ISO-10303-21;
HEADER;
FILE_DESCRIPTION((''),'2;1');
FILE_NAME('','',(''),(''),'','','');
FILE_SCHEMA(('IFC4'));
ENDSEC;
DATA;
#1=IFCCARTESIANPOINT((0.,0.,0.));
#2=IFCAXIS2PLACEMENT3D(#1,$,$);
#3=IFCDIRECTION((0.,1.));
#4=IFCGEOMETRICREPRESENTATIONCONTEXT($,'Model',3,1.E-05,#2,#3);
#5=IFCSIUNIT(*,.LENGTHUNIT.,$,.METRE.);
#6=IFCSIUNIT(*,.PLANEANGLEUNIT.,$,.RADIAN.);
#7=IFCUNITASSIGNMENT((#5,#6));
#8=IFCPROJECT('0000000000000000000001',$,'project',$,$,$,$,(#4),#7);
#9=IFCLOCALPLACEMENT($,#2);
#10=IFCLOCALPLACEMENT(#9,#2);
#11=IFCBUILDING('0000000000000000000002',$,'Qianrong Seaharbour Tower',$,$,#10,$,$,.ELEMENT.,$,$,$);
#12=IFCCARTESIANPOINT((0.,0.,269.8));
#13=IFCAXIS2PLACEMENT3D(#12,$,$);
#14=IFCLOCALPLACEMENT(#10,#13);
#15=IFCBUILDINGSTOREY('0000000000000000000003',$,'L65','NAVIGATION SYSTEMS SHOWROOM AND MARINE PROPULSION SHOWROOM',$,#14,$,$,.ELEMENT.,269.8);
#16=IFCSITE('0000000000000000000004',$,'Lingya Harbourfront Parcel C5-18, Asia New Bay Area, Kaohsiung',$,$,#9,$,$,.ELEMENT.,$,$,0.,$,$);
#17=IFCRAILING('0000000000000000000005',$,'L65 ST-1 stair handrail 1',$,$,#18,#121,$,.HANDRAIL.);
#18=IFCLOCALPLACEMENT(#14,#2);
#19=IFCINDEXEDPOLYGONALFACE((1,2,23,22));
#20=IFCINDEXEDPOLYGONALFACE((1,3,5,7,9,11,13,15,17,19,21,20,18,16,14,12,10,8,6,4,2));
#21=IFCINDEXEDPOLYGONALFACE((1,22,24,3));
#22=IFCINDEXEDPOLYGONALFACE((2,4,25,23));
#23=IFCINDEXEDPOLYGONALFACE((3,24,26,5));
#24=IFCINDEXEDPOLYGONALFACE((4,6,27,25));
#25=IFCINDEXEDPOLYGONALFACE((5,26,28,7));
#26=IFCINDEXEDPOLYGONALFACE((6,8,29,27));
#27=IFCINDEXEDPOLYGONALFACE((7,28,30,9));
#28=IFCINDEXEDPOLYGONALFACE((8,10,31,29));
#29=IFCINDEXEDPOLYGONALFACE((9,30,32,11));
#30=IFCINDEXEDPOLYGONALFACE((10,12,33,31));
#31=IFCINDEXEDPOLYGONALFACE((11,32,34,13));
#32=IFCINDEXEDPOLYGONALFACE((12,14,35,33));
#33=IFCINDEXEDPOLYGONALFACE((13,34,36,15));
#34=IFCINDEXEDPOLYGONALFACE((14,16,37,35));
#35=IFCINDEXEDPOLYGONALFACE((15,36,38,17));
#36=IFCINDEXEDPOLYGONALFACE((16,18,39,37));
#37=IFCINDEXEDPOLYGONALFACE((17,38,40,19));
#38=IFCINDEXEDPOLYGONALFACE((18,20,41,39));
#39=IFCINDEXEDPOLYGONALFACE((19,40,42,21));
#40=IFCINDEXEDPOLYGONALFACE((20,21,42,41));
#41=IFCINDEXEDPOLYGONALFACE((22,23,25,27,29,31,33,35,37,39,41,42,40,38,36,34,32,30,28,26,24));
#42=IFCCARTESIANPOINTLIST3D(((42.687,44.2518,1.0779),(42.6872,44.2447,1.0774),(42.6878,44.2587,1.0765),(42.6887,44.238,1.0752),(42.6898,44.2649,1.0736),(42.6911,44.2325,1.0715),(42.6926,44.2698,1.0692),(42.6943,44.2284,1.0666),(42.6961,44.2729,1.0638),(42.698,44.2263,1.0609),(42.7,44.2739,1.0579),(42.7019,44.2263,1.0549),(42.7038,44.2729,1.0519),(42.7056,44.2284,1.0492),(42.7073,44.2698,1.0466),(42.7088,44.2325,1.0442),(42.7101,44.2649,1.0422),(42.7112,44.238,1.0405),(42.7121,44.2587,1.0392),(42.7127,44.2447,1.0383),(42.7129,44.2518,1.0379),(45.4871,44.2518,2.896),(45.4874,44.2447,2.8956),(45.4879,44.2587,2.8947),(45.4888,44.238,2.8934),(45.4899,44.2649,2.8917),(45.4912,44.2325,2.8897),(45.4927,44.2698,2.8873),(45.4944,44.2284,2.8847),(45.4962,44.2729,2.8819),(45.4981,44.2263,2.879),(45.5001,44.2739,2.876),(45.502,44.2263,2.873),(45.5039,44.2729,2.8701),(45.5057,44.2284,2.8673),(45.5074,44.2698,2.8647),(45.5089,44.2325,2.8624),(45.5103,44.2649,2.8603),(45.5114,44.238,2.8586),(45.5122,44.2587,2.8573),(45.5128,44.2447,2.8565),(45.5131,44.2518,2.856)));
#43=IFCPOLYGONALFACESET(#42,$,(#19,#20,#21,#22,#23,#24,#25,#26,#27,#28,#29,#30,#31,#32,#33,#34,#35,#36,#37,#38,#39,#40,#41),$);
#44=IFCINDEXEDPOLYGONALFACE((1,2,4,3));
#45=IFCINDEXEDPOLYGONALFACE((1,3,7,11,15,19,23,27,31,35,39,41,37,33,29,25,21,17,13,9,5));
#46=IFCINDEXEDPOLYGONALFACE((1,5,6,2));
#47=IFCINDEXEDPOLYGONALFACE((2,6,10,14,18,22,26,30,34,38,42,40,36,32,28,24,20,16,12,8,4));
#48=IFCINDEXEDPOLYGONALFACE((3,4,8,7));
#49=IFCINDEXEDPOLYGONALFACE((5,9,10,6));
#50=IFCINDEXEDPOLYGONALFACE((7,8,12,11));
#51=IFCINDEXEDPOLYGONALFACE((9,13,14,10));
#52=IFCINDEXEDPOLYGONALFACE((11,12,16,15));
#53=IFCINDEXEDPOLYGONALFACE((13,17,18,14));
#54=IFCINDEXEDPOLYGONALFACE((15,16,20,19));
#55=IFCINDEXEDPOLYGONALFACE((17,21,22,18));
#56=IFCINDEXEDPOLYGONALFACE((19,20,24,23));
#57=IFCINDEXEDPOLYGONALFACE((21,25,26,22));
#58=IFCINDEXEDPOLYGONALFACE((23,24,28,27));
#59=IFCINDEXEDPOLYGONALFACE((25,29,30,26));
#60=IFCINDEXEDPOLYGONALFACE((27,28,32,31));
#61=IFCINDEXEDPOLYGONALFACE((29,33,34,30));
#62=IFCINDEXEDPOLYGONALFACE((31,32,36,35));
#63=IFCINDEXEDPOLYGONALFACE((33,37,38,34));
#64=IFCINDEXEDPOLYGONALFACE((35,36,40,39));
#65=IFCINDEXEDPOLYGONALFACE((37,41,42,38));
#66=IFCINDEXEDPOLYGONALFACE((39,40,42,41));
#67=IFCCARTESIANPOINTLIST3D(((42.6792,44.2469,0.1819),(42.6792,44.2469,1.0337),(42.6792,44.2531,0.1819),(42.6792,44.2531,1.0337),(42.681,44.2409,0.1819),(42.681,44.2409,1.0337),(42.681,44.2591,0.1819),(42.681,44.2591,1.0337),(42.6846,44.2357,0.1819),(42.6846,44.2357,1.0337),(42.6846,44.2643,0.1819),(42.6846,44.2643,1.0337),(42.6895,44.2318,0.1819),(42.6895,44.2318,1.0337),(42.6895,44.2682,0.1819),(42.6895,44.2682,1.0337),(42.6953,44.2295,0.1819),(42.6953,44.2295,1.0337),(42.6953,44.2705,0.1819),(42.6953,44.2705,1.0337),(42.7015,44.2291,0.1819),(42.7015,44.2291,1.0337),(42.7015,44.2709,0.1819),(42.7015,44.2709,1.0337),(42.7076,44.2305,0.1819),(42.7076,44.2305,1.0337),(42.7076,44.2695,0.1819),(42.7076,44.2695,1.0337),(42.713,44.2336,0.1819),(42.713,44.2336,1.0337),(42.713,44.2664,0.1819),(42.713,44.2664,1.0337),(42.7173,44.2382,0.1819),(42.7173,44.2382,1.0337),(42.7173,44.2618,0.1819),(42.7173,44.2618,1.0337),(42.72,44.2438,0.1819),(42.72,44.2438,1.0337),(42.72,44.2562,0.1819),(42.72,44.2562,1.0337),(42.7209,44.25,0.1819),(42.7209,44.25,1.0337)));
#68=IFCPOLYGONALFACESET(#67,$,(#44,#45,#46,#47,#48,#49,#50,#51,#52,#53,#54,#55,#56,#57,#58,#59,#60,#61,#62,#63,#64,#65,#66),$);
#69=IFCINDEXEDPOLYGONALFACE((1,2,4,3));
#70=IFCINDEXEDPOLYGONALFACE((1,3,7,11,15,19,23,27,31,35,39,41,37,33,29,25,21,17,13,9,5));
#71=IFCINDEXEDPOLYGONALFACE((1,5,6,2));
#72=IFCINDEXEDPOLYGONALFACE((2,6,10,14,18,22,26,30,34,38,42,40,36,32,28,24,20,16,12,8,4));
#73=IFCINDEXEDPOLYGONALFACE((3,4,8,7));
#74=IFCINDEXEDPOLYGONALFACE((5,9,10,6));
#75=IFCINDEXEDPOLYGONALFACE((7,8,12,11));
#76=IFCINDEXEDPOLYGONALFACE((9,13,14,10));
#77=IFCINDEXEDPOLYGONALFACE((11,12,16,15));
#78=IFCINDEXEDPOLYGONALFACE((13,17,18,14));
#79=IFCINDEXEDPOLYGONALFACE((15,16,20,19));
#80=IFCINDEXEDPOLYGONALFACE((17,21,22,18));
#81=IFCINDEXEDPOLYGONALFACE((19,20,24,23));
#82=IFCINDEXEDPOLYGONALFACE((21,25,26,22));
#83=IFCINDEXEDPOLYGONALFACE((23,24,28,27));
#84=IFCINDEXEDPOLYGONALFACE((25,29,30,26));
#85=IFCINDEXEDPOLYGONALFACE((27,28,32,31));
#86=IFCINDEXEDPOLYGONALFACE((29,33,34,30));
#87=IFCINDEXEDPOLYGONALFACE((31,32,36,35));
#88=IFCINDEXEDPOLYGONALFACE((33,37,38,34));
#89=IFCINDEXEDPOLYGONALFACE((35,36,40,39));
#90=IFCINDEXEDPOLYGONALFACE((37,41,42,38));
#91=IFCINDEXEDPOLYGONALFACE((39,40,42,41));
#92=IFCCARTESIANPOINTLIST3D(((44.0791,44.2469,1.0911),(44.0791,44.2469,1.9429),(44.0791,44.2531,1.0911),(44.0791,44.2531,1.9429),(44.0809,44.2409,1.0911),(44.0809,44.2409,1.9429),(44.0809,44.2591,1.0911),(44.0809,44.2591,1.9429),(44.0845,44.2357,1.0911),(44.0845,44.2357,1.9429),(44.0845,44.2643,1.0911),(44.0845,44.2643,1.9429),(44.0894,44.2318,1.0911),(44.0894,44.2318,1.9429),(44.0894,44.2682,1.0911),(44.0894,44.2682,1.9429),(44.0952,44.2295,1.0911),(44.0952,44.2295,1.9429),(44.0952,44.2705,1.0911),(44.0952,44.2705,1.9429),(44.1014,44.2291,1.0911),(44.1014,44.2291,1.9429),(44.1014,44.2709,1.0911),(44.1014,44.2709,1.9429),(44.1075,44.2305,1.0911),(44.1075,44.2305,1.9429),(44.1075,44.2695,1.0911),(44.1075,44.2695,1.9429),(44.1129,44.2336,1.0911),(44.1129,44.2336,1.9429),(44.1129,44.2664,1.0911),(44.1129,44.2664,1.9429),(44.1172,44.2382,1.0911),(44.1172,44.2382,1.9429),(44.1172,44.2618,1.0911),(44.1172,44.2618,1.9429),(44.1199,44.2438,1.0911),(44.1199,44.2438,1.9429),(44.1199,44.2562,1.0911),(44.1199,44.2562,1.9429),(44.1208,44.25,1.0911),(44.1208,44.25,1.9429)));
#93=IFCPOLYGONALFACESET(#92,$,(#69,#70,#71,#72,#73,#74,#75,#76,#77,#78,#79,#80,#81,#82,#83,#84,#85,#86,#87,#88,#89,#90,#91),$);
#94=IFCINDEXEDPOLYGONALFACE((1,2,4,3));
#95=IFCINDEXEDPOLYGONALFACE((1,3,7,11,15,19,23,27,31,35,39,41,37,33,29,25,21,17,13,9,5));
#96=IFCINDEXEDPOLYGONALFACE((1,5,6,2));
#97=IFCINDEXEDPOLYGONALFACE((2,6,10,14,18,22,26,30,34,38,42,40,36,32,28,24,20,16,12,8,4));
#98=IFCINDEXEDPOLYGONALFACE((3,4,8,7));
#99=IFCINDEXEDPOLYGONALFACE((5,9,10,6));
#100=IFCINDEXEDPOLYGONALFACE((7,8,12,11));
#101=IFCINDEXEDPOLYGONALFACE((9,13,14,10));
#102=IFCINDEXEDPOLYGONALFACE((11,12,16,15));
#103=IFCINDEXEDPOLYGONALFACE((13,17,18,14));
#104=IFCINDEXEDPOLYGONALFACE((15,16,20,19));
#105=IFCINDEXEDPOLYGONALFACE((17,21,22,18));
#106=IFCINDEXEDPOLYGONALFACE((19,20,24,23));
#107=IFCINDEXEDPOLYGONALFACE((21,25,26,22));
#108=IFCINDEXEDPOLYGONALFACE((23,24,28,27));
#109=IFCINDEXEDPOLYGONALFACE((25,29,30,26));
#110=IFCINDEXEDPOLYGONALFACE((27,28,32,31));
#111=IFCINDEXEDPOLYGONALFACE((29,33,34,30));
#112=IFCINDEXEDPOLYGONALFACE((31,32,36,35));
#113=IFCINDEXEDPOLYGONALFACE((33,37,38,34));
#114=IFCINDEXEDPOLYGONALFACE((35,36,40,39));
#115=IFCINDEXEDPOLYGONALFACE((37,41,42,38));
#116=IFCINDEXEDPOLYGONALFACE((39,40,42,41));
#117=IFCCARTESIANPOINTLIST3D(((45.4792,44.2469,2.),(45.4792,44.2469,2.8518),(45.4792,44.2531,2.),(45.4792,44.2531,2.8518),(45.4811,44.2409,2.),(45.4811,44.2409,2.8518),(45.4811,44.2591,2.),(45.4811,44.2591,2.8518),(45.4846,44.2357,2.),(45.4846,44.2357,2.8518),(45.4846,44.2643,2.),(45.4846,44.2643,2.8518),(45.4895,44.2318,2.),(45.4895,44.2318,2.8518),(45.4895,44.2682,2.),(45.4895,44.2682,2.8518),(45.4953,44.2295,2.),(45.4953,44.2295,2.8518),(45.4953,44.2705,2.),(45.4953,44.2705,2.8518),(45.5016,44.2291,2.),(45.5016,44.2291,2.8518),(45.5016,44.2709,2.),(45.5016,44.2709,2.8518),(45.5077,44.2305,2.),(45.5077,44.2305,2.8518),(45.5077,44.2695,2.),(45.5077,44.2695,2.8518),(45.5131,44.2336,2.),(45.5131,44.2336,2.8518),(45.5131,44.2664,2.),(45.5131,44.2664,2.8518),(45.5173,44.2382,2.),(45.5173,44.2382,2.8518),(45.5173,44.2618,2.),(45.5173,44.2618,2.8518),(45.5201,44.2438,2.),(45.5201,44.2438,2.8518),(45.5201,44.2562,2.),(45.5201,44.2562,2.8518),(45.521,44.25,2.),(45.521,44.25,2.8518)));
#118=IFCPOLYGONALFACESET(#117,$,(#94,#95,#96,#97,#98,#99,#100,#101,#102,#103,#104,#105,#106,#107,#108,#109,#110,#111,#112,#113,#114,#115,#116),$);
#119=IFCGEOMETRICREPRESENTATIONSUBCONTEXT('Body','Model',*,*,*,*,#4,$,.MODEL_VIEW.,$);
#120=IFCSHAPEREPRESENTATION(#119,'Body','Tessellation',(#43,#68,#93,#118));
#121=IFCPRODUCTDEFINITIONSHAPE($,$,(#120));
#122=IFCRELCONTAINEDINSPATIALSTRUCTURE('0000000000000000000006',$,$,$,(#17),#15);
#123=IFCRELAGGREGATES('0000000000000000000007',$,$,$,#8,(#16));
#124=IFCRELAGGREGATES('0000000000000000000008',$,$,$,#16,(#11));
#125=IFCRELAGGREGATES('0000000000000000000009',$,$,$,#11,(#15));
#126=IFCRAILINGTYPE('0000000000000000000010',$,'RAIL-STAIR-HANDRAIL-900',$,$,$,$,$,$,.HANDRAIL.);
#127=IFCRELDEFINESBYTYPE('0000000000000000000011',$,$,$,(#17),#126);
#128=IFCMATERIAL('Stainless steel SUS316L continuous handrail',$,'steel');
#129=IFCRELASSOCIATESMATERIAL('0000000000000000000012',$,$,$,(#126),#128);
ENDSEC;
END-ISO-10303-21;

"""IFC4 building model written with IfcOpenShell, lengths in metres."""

from ifc_helpers import new_model, si_unit, direction, frame, origin, origin_2d, place, context, subcontext, project, spatial, circle, extrude, material, type_object, element, save


model = new_model("IFC4")

# Units and contexts
model_context = context("Model", 3, precision=1e-05, world=origin(), true_north=direction((0.0, 1.0)))
body_context = subcontext(model_context, "Body", "Model", "MODEL_VIEW")
ifc_project = project(units=[si_unit("LENGTHUNIT", "METRE"), si_unit("PLANEANGLEUNIT", "RADIAN")], contexts=[model_context])

# Site, building, storey
site_placement = place(None, origin())
site = spatial("IfcSite", under=ifc_project, at=site_placement, Name="Lingya Harbourfront Parcel C5-18, Asia New Bay Area, Kaohsiung", CompositionType="ELEMENT", RefElevation=0.0)
building_placement = place(site_placement, origin())
building = spatial("IfcBuilding", under=site, at=building_placement, Name="Qianrong Seaharbour Tower", CompositionType="ELEMENT")
storey_placement = place(building_placement, frame((0.0, 0.0, 269.8)))
storey = spatial("IfcBuildingStorey", under=building, at=storey_placement, Name="L65", Description="NAVIGATION SYSTEMS SHOWROOM AND MARINE PROPULSION SHOWROOM", CompositionType="ELEMENT", Elevation=269.8)

# Railing
ifc_material_1 = material(Name="Stainless steel SUS316L continuous handrail", Category="steel")
railing_type_1 = type_object("IfcRailingType", Name="RAIL-STAIR-HANDRAIL-900", PredefinedType="HANDRAIL", material=ifc_material_1)
railing_1_placement = place(storey_placement, frame((42.7, 44.25, 0.1819)))
element("IfcRailing", 1, at=railing_1_placement, inside=storey, type_object=railing_type_1, Name="L65 ST-1 stair handrail 1", PredefinedType="HANDRAIL", context=body_context, shape_type="SweptSolid", body=[
    extrude(circle(Radius=0.0239, at=origin_2d()), frame((0.0, 0.0, 0.876), z_axis=(0.838706, 0.0, 0.544585), x_axis=(0.0, 1.0, 0.0)), (0.0, 0.0, 1.0), 3.3386),
    extrude(circle(Radius=0.021, at=origin_2d()), origin(), (0.0, 0.0, 1.0), 0.8518),
    extrude(circle(Radius=0.021, at=origin_2d()), frame((1.3999, 0.0, 0.9092)), (0.0, 0.0, 1.0), 0.8518),
    extrude(circle(Radius=0.021, at=origin_2d()), frame((2.8, 0.0, 1.8181)), (0.0, 0.0, 1.0), 0.8518),
])

save(model, "model.ifc")
